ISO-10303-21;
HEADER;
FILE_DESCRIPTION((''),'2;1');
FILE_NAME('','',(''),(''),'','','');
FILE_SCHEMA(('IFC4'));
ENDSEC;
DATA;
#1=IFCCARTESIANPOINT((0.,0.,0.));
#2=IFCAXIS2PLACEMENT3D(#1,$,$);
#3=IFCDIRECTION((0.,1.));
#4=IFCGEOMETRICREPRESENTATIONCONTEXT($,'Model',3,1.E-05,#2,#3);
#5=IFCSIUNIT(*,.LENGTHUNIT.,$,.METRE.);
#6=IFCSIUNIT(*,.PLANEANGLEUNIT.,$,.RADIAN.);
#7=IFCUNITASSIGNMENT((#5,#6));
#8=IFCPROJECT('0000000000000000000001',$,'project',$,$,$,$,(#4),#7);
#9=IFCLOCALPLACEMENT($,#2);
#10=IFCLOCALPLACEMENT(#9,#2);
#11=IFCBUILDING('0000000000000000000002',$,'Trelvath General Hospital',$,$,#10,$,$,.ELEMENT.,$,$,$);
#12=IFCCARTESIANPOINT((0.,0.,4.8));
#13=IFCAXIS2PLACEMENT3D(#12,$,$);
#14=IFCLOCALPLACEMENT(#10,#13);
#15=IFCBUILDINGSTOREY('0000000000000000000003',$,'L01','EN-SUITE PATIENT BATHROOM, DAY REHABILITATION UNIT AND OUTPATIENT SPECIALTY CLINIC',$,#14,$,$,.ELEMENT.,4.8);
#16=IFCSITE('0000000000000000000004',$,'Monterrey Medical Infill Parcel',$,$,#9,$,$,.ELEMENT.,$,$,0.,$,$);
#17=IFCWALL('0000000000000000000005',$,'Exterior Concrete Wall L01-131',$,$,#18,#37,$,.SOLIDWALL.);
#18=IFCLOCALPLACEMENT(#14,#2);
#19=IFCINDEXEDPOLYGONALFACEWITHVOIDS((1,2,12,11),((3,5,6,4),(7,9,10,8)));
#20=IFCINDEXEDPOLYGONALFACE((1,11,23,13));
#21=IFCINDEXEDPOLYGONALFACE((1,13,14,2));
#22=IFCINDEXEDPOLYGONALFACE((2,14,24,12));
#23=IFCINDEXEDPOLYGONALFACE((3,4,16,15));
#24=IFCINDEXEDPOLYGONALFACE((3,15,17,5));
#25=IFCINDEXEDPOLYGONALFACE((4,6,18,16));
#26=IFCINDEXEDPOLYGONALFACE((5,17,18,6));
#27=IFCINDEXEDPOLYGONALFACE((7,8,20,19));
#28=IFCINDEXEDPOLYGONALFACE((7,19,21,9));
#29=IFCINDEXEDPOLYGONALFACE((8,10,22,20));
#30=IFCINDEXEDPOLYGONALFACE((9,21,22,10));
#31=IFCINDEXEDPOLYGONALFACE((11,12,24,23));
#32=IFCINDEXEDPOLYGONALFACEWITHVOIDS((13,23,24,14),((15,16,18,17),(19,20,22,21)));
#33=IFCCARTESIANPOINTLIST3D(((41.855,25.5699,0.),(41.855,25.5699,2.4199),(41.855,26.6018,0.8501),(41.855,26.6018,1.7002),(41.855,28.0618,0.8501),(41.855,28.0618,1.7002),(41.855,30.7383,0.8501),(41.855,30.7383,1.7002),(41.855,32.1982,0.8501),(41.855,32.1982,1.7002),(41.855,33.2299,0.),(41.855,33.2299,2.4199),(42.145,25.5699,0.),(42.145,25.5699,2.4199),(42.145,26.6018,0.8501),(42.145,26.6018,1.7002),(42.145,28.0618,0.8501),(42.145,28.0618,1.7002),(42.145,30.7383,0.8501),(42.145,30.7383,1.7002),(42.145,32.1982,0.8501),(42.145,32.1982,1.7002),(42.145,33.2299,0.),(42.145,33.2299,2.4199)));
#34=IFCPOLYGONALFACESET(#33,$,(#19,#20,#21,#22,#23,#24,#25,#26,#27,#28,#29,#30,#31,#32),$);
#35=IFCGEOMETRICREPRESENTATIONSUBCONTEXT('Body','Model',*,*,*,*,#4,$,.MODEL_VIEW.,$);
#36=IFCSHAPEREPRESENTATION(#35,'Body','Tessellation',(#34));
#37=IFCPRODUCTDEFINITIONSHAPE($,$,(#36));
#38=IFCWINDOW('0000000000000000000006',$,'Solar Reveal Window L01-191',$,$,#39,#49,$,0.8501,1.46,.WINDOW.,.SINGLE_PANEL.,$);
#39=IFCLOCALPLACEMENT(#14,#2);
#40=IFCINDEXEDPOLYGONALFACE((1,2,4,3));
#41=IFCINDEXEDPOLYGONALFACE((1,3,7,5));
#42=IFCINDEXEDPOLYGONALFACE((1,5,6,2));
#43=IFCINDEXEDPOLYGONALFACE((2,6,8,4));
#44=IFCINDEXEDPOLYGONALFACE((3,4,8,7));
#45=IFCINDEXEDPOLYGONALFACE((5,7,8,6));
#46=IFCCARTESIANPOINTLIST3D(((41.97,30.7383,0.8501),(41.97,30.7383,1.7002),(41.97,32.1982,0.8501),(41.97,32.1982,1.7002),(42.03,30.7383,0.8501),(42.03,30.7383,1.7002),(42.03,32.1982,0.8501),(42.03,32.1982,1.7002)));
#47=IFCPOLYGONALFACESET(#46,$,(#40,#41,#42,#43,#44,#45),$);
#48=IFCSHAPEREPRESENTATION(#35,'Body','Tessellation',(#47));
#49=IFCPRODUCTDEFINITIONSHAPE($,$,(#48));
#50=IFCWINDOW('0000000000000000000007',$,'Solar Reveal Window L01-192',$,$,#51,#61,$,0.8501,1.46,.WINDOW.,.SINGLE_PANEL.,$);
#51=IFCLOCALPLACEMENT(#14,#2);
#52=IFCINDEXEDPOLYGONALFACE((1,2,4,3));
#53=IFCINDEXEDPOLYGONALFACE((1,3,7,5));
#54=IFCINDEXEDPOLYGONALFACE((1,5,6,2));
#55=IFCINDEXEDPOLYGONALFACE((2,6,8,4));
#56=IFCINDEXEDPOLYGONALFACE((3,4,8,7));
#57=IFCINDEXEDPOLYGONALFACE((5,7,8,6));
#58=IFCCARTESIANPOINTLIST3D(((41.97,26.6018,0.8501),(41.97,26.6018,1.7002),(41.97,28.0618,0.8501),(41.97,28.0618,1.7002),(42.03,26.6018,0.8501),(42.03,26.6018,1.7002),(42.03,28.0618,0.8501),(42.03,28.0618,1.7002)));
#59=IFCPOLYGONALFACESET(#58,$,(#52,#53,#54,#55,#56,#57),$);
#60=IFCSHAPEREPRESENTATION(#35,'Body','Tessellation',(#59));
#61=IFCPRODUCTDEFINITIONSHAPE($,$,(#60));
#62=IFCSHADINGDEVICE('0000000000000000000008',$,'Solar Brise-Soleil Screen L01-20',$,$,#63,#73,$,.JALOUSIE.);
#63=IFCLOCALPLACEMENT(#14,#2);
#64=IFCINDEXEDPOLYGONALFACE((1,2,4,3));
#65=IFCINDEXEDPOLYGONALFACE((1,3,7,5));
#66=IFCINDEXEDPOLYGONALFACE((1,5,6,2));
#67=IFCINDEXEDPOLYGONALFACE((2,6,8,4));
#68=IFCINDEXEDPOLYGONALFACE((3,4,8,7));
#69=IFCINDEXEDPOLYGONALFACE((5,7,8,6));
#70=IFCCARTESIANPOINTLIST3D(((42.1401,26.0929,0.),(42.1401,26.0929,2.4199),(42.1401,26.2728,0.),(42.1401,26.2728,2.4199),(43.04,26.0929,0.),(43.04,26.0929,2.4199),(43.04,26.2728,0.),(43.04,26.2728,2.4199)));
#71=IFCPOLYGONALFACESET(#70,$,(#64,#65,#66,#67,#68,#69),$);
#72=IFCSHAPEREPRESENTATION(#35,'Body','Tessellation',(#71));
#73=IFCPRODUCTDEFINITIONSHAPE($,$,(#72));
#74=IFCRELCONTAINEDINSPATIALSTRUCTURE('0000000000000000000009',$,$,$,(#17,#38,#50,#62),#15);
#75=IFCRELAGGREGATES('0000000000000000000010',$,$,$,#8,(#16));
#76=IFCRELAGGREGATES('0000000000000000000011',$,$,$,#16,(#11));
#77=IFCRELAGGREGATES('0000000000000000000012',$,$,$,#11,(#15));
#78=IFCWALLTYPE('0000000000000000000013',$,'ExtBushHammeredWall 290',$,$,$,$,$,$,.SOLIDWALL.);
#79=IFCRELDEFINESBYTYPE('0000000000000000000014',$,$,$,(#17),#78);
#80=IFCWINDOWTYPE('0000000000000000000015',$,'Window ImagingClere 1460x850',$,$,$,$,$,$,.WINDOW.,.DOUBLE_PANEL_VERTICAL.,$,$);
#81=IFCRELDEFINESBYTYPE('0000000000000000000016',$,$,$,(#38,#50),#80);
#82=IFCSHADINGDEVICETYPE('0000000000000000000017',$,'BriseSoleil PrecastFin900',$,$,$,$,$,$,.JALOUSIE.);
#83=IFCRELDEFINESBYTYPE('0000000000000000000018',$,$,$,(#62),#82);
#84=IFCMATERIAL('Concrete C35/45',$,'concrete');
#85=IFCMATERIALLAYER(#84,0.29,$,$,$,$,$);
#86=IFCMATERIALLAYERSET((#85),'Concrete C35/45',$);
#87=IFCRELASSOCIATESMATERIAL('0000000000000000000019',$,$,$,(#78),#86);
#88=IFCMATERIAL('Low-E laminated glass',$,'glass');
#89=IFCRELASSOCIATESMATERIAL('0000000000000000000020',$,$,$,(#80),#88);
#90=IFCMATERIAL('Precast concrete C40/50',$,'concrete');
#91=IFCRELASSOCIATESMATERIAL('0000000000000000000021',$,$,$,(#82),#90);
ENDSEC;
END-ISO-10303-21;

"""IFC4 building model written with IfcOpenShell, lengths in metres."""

from ifc_helpers import new_model, si_unit, direction, frame, frame_2d, origin, origin_2d, place, context, subcontext, project, spatial, rectangle, extrude, material, layer, layer_set, type_object, element, fill, save


model = new_model("IFC4")

# Units and contexts
model_context = context("Model", 3, precision=1e-05, world=origin(), true_north=direction((0.0, 1.0)))
body_context = subcontext(model_context, "Body", "Model", "MODEL_VIEW")
ifc_project = project(units=[si_unit("LENGTHUNIT", "METRE"), si_unit("PLANEANGLEUNIT", "RADIAN")], contexts=[model_context])

# Site, building, storey
site_placement = place(None, origin())
site = spatial("IfcSite", under=ifc_project, at=site_placement, Name="Monterrey Medical Infill Parcel", CompositionType="ELEMENT", RefElevation=0.0)
building_placement = place(site_placement, origin())
building = spatial("IfcBuilding", under=site, at=building_placement, Name="Trelvath General Hospital", CompositionType="ELEMENT")
storey_placement = place(building_placement, frame((0.0, 0.0, 4.8)))
storey = spatial("IfcBuildingStorey", under=building, at=storey_placement, Name="L01", Description="EN-SUITE PATIENT BATHROOM, DAY REHABILITATION UNIT AND OUTPATIENT SPECIALTY CLINIC", CompositionType="ELEMENT", Elevation=4.8)

# Wall, openings, windows
ifc_material_1 = material(Name="Concrete C35/45", Category="concrete")
ifc_layer_1 = layer(ifc_material_1, 0.29)
ifc_layer_set_1 = layer_set([ifc_layer_1], Name="Concrete C35/45")
wall_type_1 = type_object("IfcWallType", Name="ExtBushHammeredWall 290", PredefinedType="SOLIDWALL", material=ifc_layer_set_1)
wall_1_placement = place(storey_placement, frame((42.0, 33.23, 0.0), z_axis=(0.0, 0.0, 1.0), x_axis=(0.0, -1.0, 0.0)))
wall_1 = element("IfcWall", 1, at=wall_1_placement, inside=storey, type_object=wall_type_1, Name="Exterior Concrete Wall L01-131", PredefinedType="SOLIDWALL", context=body_context, shape_type="SweptSolid", body=[
    extrude(rectangle(XDim=7.6599, YDim=0.29, at=frame_2d((3.8301, 0.0))), origin(), (0.0, 0.0, 1.0), 2.4199),
])
opening_1_placement = place(wall_1_placement, frame((1.0317, 0.0, 0.8501)))
opening_1 = element("IfcOpeningElement", 2, at=opening_1_placement, cuts=wall_1, PredefinedType="OPENING", context=body_context, shape_type="SweptSolid", body=[
    extrude(rectangle(XDim=1.46, YDim=0.8501, at=frame_2d((0.73, 0.425))), frame((0.0, 0.155, 0.0), z_axis=(0.0, -1.0, 0.0), x_axis=(1.0, 0.0, 0.0)), (0.0, 0.0, 1.0), 0.3101),
])
opening_2_placement = place(wall_1_placement, frame((5.1682, 0.0, 0.8501)))
opening_2 = element("IfcOpeningElement", 3, at=opening_2_placement, cuts=wall_1, PredefinedType="OPENING", context=body_context, shape_type="SweptSolid", body=[
    extrude(rectangle(XDim=1.46, YDim=0.8501, at=frame_2d((0.73, 0.425))), frame((0.0, 0.155, 0.0), z_axis=(0.0, -1.0, 0.0), x_axis=(1.0, 0.0, 0.0)), (0.0, 0.0, 1.0), 0.3101),
])
ifc_material_2 = material(Name="Low-E laminated glass", Category="glass")
window_type = type_object("IfcWindowType", Name="Window ImagingClere 1460x850", PartitioningType="DOUBLE_PANEL_VERTICAL", PredefinedType="WINDOW", material=ifc_material_2)
window_1_placement = place(opening_1_placement, origin())
window_1 = element("IfcWindow", 4, at=window_1_placement, inside=storey, type_object=window_type, Name="Solar Reveal Window L01-191", OverallHeight=0.8501, OverallWidth=1.46, PartitioningType="SINGLE_PANEL", PredefinedType="WINDOW", context=body_context, shape_type="SweptSolid", body=[
    extrude(rectangle(XDim=1.46, YDim=0.8501, at=frame_2d((0.73, 0.425))), frame((0.0, 0.03, 0.0), z_axis=(0.0, -1.0, 0.0), x_axis=(1.0, 0.0, 0.0)), (0.0, 0.0, 1.0), 0.0601),
])
fill(opening_1, window_1)
window_2_placement = place(opening_2_placement, origin())
window_2 = element("IfcWindow", 5, at=window_2_placement, inside=storey, type_object=window_type, Name="Solar Reveal Window L01-192", OverallHeight=0.8501, OverallWidth=1.46, PartitioningType="SINGLE_PANEL", PredefinedType="WINDOW", context=body_context, shape_type="SweptSolid", body=[
    extrude(rectangle(XDim=1.46, YDim=0.8501, at=frame_2d((0.73, 0.425))), frame((0.0, 0.03, 0.0), z_axis=(0.0, -1.0, 0.0), x_axis=(1.0, 0.0, 0.0)), (0.0, 0.0, 1.0), 0.0601),
])
fill(opening_2, window_2)

# Shading device
ifc_material_3 = material(Name="Precast concrete C40/50", Category="concrete")
shading_device_type = type_object("IfcShadingDeviceType", Name="BriseSoleil PrecastFin900", PredefinedType="JALOUSIE", material=ifc_material_3)
shading_device_placement = place(storey_placement, frame((42.5901, 26.1829, 0.0), z_axis=(0.0, 0.0, 1.0), x_axis=(1.0, 0.0, 0.0)))
element("IfcShadingDevice", 6, at=shading_device_placement, inside=storey, type_object=shading_device_type, Name="Solar Brise-Soleil Screen L01-20", PredefinedType="JALOUSIE", context=body_context, shape_type="SweptSolid", body=[
    extrude(rectangle(XDim=0.8999, YDim=0.1799, at=origin_2d()), origin(), (0.0, 0.0, 1.0), 2.4199),
])

save(model, "model.ifc")
